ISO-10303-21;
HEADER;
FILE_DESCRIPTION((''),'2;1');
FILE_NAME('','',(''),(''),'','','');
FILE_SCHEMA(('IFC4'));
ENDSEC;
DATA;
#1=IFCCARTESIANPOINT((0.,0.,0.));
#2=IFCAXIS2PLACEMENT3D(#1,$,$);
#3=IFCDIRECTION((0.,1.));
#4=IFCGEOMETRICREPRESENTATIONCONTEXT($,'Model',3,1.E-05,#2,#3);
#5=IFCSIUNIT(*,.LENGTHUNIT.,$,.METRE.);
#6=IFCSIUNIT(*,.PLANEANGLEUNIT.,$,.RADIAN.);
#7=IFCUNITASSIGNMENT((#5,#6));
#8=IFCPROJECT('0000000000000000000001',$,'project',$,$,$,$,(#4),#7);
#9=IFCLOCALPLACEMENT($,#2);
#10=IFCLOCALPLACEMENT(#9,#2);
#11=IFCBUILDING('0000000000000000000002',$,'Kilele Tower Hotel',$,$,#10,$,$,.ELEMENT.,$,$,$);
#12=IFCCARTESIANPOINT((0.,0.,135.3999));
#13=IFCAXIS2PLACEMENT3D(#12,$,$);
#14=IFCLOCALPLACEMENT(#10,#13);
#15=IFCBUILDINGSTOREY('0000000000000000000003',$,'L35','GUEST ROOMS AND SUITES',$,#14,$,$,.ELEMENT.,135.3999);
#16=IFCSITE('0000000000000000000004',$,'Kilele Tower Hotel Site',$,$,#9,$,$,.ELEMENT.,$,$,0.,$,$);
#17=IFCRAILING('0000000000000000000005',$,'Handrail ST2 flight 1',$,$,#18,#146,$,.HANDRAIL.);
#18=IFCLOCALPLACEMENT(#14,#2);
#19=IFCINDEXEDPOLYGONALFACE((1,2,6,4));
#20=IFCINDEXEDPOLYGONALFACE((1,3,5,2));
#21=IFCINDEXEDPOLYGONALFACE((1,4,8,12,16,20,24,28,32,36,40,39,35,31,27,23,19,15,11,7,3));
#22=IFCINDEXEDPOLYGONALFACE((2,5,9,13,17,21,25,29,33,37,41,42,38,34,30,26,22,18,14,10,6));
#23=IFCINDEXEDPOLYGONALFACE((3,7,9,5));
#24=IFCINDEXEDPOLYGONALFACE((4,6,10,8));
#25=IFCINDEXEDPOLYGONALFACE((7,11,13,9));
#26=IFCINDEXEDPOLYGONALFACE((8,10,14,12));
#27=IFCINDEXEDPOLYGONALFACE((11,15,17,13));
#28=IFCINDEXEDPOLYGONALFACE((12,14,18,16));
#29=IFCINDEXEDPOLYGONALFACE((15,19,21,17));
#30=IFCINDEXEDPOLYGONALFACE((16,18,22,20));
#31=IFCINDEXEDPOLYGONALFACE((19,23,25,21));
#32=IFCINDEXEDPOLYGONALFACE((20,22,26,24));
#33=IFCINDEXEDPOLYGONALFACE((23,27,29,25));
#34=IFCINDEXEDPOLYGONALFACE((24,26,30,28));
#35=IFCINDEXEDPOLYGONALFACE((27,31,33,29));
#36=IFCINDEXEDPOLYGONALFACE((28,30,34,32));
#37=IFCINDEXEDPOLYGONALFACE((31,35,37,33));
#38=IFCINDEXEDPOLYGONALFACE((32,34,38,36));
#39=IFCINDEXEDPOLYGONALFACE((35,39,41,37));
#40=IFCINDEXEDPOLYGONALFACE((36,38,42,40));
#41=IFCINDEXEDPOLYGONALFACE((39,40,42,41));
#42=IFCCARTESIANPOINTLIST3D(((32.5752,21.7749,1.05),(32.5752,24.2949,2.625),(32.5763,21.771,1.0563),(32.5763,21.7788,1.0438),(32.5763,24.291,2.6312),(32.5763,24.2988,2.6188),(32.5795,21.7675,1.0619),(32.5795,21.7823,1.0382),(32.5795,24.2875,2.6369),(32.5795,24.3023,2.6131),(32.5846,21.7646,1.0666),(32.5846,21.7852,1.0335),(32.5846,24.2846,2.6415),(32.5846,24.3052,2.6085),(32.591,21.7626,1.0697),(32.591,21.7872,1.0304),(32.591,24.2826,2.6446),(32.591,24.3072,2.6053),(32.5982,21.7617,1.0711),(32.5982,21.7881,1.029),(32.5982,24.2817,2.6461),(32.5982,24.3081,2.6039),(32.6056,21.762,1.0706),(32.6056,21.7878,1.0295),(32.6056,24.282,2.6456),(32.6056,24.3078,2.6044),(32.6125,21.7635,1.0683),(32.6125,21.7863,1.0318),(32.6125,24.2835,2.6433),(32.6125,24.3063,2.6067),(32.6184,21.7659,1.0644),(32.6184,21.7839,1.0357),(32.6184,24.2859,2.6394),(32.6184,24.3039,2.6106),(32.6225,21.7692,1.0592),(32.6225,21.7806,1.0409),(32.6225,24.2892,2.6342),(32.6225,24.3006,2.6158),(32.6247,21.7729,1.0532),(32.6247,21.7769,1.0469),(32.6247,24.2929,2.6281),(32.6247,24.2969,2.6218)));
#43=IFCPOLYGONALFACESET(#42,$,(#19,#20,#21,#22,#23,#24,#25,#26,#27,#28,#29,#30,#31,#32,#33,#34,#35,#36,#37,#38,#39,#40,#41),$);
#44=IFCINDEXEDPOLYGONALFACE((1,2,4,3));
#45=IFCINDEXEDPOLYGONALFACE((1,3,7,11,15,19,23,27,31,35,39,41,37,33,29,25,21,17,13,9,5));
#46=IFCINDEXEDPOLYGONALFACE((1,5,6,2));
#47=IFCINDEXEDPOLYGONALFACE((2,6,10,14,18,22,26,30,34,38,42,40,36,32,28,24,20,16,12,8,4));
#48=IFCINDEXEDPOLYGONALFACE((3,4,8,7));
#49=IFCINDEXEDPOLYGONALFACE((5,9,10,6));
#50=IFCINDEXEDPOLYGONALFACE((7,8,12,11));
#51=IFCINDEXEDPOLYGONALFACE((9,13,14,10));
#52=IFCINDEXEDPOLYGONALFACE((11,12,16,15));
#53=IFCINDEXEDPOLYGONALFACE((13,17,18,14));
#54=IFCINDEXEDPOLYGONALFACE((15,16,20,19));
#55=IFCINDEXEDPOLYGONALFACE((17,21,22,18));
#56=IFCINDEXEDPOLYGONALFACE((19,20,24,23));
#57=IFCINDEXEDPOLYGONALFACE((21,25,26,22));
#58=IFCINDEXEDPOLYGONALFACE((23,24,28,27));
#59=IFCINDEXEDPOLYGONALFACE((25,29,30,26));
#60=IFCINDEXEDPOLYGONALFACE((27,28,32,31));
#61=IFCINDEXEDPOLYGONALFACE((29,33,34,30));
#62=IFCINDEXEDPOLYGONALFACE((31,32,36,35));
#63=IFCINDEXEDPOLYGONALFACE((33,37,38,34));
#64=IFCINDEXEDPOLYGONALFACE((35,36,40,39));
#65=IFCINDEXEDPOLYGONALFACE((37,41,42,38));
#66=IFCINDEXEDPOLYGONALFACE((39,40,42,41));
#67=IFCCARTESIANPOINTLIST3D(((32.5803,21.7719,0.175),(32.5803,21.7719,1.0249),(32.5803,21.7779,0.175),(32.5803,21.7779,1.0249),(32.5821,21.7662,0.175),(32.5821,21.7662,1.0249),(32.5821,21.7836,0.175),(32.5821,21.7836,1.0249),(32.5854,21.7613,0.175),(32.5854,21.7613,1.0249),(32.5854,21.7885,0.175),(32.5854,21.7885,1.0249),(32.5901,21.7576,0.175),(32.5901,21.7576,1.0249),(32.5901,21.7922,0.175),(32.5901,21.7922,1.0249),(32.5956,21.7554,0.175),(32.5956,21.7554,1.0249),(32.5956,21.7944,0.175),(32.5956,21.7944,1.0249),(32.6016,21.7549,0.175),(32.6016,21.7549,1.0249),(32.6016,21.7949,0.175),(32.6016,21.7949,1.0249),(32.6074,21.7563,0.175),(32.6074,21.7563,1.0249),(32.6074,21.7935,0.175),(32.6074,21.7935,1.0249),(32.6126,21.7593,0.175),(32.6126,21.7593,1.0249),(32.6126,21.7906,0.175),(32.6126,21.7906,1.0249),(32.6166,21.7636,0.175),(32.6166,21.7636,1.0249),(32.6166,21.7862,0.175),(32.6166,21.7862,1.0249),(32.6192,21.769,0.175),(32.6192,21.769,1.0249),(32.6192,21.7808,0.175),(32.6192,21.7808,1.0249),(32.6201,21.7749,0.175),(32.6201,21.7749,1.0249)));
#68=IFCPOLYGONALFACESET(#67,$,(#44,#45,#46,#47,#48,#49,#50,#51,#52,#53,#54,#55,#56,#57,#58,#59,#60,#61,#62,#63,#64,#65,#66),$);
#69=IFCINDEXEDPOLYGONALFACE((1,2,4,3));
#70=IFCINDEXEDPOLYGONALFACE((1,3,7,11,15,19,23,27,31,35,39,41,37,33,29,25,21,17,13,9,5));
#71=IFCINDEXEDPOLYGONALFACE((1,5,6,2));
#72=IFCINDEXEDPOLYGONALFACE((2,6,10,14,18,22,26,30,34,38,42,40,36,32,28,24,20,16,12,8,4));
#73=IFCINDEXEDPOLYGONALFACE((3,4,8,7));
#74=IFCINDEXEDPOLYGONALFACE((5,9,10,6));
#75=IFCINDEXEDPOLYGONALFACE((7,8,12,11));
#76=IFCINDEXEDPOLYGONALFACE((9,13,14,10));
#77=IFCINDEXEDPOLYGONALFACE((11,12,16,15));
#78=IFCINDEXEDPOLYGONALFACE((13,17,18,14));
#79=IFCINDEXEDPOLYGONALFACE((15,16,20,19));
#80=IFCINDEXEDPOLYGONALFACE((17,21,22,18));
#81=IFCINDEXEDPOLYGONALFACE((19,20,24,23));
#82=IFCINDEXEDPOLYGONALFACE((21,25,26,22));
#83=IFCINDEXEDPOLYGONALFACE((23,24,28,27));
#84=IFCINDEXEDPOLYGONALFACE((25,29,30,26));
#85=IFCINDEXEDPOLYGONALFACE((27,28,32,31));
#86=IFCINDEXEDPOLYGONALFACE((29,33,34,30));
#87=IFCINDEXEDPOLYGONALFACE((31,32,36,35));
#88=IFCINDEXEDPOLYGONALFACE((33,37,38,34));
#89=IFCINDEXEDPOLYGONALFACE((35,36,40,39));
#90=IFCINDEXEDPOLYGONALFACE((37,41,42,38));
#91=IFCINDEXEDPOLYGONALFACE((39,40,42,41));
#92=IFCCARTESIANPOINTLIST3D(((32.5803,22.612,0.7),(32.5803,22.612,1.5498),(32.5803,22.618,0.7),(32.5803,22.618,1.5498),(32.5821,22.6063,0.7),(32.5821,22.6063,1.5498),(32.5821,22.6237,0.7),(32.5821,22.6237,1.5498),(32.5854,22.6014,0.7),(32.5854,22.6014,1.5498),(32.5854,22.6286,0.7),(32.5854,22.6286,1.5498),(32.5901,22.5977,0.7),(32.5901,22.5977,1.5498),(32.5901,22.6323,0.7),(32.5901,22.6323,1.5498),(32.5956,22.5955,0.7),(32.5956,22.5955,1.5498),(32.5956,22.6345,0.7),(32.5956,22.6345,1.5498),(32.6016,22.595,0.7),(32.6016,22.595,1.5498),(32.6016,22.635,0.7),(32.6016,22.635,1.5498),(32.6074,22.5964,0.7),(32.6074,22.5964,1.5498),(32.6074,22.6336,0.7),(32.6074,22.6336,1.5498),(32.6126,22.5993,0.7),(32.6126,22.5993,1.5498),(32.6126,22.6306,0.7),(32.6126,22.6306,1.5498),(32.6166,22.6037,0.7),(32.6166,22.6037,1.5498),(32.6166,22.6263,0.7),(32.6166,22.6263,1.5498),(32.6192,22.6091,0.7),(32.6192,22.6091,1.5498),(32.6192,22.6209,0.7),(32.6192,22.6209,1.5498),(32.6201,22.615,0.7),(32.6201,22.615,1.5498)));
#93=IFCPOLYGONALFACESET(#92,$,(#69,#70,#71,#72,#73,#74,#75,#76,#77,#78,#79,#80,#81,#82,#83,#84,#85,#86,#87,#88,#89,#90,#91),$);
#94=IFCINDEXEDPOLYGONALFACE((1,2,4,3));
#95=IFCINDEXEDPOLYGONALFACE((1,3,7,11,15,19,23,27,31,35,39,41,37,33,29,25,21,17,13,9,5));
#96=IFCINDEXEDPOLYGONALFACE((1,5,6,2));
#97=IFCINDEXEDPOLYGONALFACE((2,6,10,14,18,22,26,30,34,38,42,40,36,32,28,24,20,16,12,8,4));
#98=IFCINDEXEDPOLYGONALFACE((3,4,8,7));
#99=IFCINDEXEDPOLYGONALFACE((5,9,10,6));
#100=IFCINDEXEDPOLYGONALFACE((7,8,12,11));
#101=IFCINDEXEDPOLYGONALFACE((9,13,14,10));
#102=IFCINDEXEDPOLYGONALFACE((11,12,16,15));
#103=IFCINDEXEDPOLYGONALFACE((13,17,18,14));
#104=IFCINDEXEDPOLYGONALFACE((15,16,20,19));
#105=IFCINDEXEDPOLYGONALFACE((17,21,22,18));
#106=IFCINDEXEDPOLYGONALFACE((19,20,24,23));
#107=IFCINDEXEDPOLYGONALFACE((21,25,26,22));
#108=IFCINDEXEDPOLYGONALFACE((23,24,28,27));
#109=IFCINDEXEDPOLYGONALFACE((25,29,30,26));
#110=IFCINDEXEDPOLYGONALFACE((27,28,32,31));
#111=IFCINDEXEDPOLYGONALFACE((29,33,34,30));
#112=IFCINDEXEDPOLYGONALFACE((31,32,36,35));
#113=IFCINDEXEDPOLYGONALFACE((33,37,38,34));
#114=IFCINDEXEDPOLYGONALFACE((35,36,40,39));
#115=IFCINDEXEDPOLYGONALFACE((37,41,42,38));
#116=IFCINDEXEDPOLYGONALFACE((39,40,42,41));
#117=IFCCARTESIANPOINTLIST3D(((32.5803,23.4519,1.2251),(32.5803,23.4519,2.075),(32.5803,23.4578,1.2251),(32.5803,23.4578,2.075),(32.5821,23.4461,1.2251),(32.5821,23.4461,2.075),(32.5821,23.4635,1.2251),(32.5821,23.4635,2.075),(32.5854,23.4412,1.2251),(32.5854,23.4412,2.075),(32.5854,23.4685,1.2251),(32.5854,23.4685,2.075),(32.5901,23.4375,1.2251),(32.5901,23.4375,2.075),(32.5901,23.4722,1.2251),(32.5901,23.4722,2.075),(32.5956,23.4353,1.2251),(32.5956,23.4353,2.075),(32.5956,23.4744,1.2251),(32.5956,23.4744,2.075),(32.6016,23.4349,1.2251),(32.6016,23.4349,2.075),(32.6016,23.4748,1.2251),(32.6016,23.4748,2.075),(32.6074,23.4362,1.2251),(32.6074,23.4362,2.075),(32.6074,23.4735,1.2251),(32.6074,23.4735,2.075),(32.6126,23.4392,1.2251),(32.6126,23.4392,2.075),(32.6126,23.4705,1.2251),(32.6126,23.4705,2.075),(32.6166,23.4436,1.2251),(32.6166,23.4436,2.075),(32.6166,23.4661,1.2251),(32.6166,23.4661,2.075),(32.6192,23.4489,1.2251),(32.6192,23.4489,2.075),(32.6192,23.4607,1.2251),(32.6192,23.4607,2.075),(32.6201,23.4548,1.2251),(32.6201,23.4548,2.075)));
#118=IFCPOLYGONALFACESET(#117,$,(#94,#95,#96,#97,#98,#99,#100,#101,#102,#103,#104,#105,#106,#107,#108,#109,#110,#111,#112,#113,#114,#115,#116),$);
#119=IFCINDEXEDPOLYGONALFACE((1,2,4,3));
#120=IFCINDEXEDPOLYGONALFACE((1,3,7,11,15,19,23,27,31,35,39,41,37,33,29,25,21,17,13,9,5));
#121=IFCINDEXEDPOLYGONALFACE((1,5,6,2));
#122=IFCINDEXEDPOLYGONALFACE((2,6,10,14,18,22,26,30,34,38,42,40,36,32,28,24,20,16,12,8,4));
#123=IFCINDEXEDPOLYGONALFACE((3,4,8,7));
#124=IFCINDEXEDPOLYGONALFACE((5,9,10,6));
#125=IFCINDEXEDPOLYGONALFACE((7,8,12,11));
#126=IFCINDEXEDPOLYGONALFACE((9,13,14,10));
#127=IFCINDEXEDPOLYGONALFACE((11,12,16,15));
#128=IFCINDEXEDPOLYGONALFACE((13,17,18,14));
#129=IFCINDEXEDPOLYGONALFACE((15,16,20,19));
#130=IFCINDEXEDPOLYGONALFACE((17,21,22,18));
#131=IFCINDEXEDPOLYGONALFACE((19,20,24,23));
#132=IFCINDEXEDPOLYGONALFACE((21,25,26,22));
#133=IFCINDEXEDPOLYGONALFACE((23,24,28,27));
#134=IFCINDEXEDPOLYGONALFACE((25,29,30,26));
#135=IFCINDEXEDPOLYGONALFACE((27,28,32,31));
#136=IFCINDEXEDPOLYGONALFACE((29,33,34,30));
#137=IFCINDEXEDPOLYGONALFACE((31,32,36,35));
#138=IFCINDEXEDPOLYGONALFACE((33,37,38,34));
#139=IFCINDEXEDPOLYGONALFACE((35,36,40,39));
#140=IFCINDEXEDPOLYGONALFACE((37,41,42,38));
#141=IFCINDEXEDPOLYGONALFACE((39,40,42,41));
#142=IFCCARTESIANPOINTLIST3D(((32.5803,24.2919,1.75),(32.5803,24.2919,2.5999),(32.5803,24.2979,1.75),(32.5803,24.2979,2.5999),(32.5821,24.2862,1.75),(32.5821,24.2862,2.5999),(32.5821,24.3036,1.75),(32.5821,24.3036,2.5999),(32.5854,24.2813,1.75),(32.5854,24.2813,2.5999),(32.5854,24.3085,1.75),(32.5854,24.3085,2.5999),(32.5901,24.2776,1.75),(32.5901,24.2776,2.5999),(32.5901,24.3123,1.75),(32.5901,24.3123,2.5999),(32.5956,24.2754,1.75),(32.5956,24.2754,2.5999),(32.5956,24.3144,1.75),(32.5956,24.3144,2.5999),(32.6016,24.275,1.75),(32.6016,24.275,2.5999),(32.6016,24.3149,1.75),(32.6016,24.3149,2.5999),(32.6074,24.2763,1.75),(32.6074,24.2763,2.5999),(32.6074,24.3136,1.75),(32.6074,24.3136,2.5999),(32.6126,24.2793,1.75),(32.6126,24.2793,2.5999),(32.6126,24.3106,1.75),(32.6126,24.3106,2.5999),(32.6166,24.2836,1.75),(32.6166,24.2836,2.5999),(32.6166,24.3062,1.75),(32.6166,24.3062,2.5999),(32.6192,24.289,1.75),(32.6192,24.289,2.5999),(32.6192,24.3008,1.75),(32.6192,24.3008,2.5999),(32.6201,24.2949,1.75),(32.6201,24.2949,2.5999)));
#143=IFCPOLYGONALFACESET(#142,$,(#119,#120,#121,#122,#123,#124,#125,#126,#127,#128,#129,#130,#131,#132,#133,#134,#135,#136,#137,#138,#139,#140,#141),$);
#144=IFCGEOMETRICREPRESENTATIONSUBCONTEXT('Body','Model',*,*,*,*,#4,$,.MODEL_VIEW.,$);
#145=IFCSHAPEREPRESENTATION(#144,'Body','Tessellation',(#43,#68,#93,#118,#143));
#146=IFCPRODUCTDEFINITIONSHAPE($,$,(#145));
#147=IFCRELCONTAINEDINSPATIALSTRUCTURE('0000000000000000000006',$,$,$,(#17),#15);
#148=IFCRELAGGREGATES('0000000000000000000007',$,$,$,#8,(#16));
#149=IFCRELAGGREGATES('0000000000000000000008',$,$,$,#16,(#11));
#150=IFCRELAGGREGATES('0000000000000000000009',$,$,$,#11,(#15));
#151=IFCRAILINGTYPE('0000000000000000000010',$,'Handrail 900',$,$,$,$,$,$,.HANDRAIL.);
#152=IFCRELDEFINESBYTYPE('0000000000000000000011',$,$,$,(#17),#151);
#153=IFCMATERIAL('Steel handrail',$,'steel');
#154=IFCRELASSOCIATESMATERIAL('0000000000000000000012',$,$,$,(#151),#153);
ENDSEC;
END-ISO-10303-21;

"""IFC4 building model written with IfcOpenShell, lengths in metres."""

from ifc_helpers import new_model, si_unit, direction, frame, origin, origin_2d, place, context, subcontext, project, spatial, circle, extrude, material, type_object, element, save


model = new_model("IFC4")

# Units and contexts
model_context = context("Model", 3, precision=1e-05, world=origin(), true_north=direction((0.0, 1.0)))
body_context = subcontext(model_context, "Body", "Model", "MODEL_VIEW")
ifc_project = project(units=[si_unit("LENGTHUNIT", "METRE"), si_unit("PLANEANGLEUNIT", "RADIAN")], contexts=[model_context])

# Site, building, storey
site_placement = place(None, origin())
site = spatial("IfcSite", under=ifc_project, at=site_placement, Name="Kilele Tower Hotel Site", CompositionType="ELEMENT", RefElevation=0.0)
building_placement = place(site_placement, origin())
building = spatial("IfcBuilding", under=site, at=building_placement, Name="Kilele Tower Hotel", CompositionType="ELEMENT")
storey_placement = place(building_placement, frame((0.0, 0.0, 135.3999)))
storey = spatial("IfcBuildingStorey", under=building, at=storey_placement, Name="L35", Description="GUEST ROOMS AND SUITES", CompositionType="ELEMENT", Elevation=135.3999)

# Railing
ifc_material_1 = material(Name="Steel handrail", Category="steel")
railing_type_1 = type_object("IfcRailingType", Name="Handrail 900", PredefinedType="HANDRAIL", material=ifc_material_1)
for number, where, name in (
    (1, (32.6001, 21.7749, 0.175), "Handrail ST2 flight 1"),
):
    element("IfcRailing", number, at=place(storey_placement, frame(where)), inside=storey, type_object=railing_type_1, Name=name, PredefinedType="HANDRAIL", context=body_context, shape_type="SweptSolid", body=[
        extrude(circle(Radius=0.0249, at=origin_2d()), frame((0.0, 0.0, 0.875), z_axis=(0.0, 0.848008, 0.529984), x_axis=(-1.0, 0.0, 0.0)), (0.0, 0.0, 1.0), 2.9717),
        extrude(circle(Radius=0.02, at=origin_2d()), origin(), (0.0, 0.0, 1.0), 0.8499),
        extrude(circle(Radius=0.02, at=origin_2d()), frame((0.0, 0.8401, 0.5249)), (0.0, 0.0, 1.0), 0.8499),
        extrude(circle(Radius=0.02, at=origin_2d()), frame((0.0, 1.6799, 1.05)), (0.0, 0.0, 1.0), 0.8499),
        extrude(circle(Radius=0.02, at=origin_2d()), frame((0.0, 2.52, 1.575)), (0.0, 0.0, 1.0), 0.8499),
    ])

save(model, "model.ifc")
